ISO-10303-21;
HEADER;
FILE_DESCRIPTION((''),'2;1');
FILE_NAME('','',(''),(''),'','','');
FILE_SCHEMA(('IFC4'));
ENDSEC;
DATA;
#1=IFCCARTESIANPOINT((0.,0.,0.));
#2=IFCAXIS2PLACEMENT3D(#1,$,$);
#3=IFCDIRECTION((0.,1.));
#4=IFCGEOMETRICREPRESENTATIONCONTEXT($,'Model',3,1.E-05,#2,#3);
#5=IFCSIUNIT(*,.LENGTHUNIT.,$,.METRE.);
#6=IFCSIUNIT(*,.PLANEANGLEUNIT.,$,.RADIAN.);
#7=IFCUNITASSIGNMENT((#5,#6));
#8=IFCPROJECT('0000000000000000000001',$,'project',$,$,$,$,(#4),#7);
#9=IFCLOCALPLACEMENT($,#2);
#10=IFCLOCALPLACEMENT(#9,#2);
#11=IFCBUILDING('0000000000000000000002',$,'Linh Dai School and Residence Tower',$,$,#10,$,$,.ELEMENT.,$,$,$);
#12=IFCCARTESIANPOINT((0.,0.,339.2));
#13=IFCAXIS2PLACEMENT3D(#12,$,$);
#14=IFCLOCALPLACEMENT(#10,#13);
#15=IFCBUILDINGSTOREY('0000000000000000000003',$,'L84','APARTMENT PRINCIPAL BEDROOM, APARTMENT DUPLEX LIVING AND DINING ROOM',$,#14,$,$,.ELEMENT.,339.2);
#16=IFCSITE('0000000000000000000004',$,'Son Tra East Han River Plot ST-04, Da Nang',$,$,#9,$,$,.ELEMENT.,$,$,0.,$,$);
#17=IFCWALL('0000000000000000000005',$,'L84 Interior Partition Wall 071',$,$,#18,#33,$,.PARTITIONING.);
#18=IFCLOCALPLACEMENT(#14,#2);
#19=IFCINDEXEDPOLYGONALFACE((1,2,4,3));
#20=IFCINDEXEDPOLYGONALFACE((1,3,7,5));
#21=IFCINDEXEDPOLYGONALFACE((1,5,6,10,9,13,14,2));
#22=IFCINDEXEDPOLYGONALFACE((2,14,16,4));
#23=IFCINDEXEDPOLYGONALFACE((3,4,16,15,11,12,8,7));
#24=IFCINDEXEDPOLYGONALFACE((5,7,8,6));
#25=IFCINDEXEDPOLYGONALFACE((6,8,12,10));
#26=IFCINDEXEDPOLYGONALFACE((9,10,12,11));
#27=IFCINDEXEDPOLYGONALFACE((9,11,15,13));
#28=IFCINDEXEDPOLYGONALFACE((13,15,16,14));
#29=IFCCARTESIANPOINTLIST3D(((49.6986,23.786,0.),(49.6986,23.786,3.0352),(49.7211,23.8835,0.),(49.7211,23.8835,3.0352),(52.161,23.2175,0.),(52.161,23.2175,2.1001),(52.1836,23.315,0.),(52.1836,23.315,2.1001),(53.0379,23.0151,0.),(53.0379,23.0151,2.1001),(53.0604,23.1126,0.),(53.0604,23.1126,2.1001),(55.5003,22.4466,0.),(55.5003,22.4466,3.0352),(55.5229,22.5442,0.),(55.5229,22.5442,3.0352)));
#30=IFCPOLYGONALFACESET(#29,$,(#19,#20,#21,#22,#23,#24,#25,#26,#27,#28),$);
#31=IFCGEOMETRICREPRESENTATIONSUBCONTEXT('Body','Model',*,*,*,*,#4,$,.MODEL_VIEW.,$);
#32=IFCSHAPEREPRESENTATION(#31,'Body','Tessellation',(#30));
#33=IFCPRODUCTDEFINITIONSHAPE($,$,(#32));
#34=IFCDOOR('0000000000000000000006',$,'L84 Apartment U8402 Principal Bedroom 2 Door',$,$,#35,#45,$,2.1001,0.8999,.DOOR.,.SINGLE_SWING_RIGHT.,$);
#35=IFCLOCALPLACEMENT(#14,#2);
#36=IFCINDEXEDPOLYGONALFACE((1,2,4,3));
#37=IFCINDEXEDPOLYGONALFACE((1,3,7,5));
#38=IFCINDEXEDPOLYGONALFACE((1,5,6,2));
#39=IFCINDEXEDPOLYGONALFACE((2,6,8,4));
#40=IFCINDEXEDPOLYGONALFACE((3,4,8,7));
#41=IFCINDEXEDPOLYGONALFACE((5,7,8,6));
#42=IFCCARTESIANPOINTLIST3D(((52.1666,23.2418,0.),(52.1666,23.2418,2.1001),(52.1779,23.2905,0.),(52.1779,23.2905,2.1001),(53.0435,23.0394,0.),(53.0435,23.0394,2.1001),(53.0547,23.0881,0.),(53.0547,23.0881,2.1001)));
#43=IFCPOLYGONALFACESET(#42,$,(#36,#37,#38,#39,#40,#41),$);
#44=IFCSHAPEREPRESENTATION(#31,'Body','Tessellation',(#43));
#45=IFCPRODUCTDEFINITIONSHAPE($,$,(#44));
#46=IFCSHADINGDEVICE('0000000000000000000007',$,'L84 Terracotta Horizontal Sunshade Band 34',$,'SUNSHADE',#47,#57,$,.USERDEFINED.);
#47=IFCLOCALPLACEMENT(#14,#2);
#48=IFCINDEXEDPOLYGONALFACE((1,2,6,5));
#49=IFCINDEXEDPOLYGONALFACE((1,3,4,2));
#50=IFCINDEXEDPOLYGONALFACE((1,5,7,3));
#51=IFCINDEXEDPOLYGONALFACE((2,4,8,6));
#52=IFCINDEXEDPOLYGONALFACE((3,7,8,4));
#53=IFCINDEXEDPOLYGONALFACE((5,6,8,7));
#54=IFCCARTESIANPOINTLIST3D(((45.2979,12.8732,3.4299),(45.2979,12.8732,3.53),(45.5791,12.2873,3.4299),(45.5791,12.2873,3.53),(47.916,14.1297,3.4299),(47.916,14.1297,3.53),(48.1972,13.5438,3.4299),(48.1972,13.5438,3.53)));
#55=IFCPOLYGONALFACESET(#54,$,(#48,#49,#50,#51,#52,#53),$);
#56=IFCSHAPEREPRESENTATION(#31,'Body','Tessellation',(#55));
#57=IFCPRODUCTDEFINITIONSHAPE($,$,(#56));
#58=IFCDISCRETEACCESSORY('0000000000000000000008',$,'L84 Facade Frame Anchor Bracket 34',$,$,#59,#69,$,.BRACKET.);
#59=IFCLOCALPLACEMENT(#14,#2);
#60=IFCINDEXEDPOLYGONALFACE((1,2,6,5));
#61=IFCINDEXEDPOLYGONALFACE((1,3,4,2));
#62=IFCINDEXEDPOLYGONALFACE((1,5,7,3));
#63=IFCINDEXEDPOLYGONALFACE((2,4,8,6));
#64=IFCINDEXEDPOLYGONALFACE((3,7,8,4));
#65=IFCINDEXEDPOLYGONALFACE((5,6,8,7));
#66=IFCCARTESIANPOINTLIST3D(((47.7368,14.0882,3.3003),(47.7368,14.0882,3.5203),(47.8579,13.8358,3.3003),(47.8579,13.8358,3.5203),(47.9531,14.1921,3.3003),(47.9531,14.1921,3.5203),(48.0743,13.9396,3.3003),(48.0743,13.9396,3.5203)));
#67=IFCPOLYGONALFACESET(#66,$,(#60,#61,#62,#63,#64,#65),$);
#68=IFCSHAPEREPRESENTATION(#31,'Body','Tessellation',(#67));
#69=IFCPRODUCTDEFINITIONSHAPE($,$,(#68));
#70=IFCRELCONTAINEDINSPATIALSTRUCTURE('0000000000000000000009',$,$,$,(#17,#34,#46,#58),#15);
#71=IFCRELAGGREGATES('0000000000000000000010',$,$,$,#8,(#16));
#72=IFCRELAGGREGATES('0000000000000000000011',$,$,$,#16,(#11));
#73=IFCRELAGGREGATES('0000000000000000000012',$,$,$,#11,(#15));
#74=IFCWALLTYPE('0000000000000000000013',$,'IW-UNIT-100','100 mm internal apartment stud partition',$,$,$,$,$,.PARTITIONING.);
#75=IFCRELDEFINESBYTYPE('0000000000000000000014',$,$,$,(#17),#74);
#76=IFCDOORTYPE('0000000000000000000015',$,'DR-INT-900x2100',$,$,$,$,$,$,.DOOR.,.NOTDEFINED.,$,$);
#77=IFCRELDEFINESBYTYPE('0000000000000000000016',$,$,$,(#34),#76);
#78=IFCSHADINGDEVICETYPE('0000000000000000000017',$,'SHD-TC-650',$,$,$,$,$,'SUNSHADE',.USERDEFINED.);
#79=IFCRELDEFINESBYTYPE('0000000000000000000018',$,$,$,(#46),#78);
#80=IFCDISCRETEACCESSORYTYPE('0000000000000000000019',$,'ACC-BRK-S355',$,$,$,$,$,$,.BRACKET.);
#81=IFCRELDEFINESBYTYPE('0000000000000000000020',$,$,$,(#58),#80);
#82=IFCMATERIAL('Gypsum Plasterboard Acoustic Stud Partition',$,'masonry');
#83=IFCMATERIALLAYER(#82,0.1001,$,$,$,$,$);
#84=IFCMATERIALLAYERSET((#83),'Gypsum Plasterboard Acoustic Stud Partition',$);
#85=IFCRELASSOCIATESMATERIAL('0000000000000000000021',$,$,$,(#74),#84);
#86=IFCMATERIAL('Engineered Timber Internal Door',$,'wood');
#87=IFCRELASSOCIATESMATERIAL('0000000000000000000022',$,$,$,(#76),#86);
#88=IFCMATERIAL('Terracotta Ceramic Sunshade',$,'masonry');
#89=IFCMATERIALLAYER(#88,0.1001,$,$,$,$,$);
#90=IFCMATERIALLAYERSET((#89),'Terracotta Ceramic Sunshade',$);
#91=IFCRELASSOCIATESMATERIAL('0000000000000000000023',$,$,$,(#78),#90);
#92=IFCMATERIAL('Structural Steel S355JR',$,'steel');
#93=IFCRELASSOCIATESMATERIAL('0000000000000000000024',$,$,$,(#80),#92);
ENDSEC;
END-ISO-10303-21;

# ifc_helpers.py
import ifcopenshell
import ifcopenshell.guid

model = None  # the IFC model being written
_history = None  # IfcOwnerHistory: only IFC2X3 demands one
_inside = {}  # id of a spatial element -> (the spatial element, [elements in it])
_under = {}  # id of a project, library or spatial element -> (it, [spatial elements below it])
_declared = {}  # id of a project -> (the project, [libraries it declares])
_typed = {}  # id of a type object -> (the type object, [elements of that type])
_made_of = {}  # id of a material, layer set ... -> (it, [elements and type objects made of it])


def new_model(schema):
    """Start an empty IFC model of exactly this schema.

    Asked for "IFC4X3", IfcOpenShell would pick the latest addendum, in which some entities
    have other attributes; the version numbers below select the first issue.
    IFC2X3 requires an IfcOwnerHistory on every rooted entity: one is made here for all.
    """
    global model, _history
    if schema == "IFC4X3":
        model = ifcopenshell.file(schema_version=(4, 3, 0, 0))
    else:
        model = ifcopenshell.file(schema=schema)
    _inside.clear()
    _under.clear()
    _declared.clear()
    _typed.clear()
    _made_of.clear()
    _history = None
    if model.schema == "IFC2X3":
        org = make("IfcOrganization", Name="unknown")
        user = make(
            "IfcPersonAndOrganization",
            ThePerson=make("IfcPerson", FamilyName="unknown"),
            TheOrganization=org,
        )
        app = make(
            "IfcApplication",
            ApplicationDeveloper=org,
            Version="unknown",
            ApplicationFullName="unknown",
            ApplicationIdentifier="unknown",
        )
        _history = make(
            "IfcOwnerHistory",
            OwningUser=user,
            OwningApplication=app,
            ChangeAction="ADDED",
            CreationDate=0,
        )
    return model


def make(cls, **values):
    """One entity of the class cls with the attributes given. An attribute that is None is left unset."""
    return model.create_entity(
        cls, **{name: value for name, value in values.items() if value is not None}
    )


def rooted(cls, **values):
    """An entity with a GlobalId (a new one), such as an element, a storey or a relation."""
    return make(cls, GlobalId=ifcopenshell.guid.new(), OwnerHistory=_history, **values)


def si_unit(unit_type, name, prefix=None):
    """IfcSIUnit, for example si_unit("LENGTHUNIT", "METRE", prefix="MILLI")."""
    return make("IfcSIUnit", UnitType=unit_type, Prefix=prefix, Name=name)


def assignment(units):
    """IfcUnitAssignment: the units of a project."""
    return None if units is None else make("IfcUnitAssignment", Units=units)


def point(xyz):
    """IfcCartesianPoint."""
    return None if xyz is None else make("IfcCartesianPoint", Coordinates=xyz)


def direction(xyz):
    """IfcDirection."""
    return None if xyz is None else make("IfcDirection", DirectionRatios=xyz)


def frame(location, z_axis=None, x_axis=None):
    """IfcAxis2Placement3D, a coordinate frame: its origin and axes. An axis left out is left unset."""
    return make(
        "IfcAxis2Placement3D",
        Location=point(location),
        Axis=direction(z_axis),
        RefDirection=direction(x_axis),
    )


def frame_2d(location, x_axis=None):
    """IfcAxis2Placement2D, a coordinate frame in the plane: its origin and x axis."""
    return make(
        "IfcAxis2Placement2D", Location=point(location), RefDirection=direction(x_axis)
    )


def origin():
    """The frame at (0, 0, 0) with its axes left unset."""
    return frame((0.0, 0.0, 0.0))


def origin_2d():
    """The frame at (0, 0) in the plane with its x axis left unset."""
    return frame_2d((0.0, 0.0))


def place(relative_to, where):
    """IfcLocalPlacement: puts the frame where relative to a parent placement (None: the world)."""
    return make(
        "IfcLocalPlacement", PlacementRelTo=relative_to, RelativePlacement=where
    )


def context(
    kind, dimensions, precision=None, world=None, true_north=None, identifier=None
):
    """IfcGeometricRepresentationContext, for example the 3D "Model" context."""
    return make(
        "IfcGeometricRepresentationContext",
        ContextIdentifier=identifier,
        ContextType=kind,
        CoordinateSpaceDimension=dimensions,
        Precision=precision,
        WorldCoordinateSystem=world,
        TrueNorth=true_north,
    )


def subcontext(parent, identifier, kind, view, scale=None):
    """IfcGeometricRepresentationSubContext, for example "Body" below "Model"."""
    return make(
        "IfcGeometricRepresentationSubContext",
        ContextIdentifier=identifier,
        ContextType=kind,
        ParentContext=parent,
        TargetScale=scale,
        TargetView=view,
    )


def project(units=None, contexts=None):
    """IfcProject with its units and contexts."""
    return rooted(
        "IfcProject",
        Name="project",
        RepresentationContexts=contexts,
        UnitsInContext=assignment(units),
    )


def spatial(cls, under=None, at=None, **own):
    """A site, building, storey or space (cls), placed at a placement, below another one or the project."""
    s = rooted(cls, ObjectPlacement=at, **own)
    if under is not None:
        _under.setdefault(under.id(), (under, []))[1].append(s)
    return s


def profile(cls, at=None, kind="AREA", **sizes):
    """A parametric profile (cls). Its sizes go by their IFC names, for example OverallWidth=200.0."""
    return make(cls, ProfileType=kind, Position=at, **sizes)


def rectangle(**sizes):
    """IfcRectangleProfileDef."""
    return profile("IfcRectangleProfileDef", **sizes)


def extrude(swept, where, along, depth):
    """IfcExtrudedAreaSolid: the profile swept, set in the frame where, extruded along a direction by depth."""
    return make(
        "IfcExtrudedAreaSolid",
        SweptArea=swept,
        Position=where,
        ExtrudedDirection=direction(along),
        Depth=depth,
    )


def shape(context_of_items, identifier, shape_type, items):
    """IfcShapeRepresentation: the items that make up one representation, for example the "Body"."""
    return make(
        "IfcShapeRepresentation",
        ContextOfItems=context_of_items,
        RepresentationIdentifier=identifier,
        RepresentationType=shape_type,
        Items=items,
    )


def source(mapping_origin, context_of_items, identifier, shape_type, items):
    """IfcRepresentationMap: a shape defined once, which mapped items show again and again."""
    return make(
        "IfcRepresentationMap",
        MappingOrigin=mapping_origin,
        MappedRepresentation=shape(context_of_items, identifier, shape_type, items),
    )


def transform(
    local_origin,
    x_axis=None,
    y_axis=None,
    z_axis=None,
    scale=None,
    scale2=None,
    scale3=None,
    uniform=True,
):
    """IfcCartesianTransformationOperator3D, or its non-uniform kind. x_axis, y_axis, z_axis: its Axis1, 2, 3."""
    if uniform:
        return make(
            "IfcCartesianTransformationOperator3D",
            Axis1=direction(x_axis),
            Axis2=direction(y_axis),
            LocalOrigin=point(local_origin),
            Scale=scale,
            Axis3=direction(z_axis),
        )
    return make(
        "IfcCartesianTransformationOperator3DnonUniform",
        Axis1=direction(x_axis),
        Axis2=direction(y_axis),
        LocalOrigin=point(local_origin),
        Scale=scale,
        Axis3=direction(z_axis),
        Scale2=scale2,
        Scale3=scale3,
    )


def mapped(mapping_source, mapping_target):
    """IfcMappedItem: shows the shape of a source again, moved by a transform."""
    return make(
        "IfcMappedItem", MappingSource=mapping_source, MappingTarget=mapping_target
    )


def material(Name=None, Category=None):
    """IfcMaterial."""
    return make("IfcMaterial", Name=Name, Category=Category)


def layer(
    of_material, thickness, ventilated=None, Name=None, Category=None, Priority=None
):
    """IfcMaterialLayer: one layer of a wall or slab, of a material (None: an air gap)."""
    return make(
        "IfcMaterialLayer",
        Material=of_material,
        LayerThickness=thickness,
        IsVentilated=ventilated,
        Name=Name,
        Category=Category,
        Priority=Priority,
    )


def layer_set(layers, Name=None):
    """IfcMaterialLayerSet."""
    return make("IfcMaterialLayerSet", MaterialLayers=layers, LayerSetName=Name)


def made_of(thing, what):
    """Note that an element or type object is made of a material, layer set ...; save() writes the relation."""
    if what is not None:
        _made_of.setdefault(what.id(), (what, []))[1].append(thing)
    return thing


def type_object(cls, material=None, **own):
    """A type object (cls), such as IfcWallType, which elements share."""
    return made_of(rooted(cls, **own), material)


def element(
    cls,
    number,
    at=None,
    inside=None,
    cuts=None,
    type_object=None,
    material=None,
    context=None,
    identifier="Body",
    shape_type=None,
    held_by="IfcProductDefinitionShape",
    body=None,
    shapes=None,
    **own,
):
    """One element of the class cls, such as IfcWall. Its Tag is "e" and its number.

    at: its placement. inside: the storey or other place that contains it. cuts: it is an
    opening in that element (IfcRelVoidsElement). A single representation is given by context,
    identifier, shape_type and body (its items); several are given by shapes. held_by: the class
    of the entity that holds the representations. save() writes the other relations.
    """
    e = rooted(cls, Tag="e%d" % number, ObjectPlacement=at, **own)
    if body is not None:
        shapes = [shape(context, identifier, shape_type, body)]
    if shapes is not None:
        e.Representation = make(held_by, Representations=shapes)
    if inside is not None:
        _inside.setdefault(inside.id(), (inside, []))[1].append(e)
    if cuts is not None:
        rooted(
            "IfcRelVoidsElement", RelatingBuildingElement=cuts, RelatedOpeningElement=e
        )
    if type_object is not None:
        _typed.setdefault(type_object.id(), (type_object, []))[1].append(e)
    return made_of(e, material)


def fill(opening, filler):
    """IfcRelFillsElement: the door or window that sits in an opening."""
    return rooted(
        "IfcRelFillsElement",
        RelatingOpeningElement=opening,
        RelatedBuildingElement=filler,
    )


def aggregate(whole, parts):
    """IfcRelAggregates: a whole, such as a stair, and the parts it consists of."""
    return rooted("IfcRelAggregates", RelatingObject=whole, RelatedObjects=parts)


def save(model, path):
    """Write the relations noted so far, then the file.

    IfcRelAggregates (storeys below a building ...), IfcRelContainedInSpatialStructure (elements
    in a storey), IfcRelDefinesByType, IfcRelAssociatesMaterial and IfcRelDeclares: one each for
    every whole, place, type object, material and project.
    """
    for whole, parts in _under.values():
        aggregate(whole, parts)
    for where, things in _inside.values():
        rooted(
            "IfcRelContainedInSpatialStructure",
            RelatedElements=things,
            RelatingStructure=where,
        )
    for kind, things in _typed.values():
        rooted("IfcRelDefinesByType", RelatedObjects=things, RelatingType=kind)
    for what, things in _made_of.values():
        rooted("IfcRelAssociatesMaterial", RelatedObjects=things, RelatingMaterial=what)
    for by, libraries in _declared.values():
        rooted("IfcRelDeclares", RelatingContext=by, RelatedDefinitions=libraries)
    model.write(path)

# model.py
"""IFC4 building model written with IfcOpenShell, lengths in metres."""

from ifc_helpers import new_model, si_unit, direction, frame, frame_2d, origin, origin_2d, place, context, subcontext, project, spatial, rectangle, extrude, source, transform, mapped, material, layer, layer_set, type_object, element, fill, save


model = new_model("IFC4")

# Units and contexts
model_context = context("Model", 3, precision=1e-05, world=origin(), true_north=direction((0.0, 1.0)))
body_context = subcontext(model_context, "Body", "Model", "MODEL_VIEW")
ifc_project = project(units=[si_unit("LENGTHUNIT", "METRE"), si_unit("PLANEANGLEUNIT", "RADIAN")], contexts=[model_context])

# Site, building, storey
site_placement = place(None, origin())
site = spatial("IfcSite", under=ifc_project, at=site_placement, Name="Son Tra East Han River Plot ST-04, Da Nang", CompositionType="ELEMENT", RefElevation=0.0)
building_placement = place(site_placement, origin())
building = spatial("IfcBuilding", under=site, at=building_placement, Name="Linh Dai School and Residence Tower", CompositionType="ELEMENT")
storey_placement = place(building_placement, frame((0.0, 0.0, 339.2)))
storey = spatial("IfcBuildingStorey", under=building, at=storey_placement, Name="L84", Description="APARTMENT PRINCIPAL BEDROOM, APARTMENT DUPLEX LIVING AND DINING ROOM", CompositionType="ELEMENT", Elevation=339.2)

# Shared definitions
ifc_material_1 = material(Name="Structural Steel S355JR", Category="steel")

# Shared definitions
ifc_material_2 = material(Name="Gypsum Plasterboard Acoustic Stud Partition", Category="masonry")
ifc_layer_1 = layer(ifc_material_2, 0.1001)
ifc_layer_set_1 = layer_set([ifc_layer_1], Name="Gypsum Plasterboard Acoustic Stud Partition")
wall_type_1 = type_object("IfcWallType", Name="IW-UNIT-100", Description="100 mm internal apartment stud partition", PredefinedType="PARTITIONING", material=ifc_layer_set_1)

# Wall, opening, door
wall_1_placement = place(storey_placement, frame((49.71, 23.8347, 0.0), z_axis=(0.0, 0.0, 1.0), x_axis=(0.974373, -0.224937, 0.0)))
wall_1 = element("IfcWall", 1, at=wall_1_placement, inside=storey, type_object=wall_type_1, Name="L84 Interior Partition Wall 071", PredefinedType="PARTITIONING", context=body_context, shape_type="SweptSolid", body=[
    extrude(rectangle(XDim=5.9543, YDim=0.1001, at=frame_2d((2.9771, 0.0))), origin(), (0.0, 0.0, 1.0), 3.0352),
])
opening_1_placement = place(wall_1_placement, frame((2.5271, 0.0, 0.0)))
opening_1 = element("IfcOpeningElement", 2, at=opening_1_placement, cuts=wall_1, PredefinedType="OPENING", context=body_context, shape_type="SweptSolid", body=[
    extrude(rectangle(XDim=0.8999, YDim=2.1001, at=origin_2d()), frame((0.45, 0.0601, 1.05), z_axis=(0.0, -1.0, 0.0), x_axis=(1.0, 0.0, 0.0)), (0.0, 0.0, 1.0), 0.1201),
])
ifc_material_3 = material(Name="Engineered Timber Internal Door", Category="wood")
door_type_1 = type_object("IfcDoorType", Name="DR-INT-900x2100", OperationType="NOTDEFINED", PredefinedType="DOOR", material=ifc_material_3)
shared_shape_1 = source(origin(), body_context, "Body", "SweptSolid", [
    extrude(rectangle(XDim=0.8999, YDim=2.1001, at=origin_2d()), frame((0.45, 0.0249, 1.05), z_axis=(0.0, -1.0, 0.0), x_axis=(1.0, 0.0, 0.0)), (0.0, 0.0, 1.0), 0.05),
])
door_1_placement = place(opening_1_placement, origin())
door_1 = element("IfcDoor", 3, at=door_1_placement, inside=storey, type_object=door_type_1, Name="L84 Apartment U8402 Principal Bedroom 2 Door", OperationType="SINGLE_SWING_RIGHT", OverallHeight=2.1001, OverallWidth=0.8999, PredefinedType="DOOR", context=body_context, shape_type="MappedRepresentation", body=[
    mapped(shared_shape_1, transform((0.0, 0.0, 0.0), x_axis=(1.0, 0.0, 0.0), y_axis=(0.0, 1.0, 0.0), z_axis=(0.0, 0.0, 1.0), scale=1.0)),
])
fill(opening_1, door_1)

# Shading device
ifc_material_4 = material(Name="Terracotta Ceramic Sunshade", Category="masonry")
ifc_layer_2 = layer(ifc_material_4, 0.1001)
ifc_layer_set_2 = layer_set([ifc_layer_2], Name="Terracotta Ceramic Sunshade")
shading_device_type = type_object("IfcShadingDeviceType", Name="SHD-TC-650", ElementType="SUNSHADE", PredefinedType="USERDEFINED", material=ifc_layer_set_2)
shared_shape_2 = source(origin(), body_context, "Body", "SweptSolid", [
    extrude(rectangle(XDim=2.9041, YDim=0.6499, at=origin_2d()), origin(), (0.0, 0.0, 1.0), 0.1001),
])
shading_device_placement = place(storey_placement, frame((46.7476, 13.2085, 3.4299), z_axis=(0.0, 0.0, 1.0), x_axis=(-0.901551, -0.432674, 0.0)))
element("IfcShadingDevice", 4, at=shading_device_placement, inside=storey, type_object=shading_device_type, Name="L84 Terracotta Horizontal Sunshade Band 34", ObjectType="SUNSHADE", PredefinedType="USERDEFINED", context=body_context, shape_type="MappedRepresentation", body=[
    mapped(shared_shape_2, transform((0.0, 0.0, 0.0), x_axis=(1.0, 0.0, 0.0), y_axis=(0.0, 1.0, 0.0), z_axis=(0.0, 0.0, 1.0), scale=1.0)),
])

# Discrete accessory
discrete_accessory_type = type_object("IfcDiscreteAccessoryType", Name="ACC-BRK-S355", PredefinedType="BRACKET", material=ifc_material_1)
shared_shape_3 = source(origin(), body_context, "Body", "SweptSolid", [
    extrude(rectangle(XDim=0.28, YDim=0.24, at=origin_2d()), origin(), (0.0, 0.0, 1.0), 0.22),
])
discrete_accessory_placement = place(storey_placement, frame((47.9055, 14.0139, 3.3003), z_axis=(0.0, 0.0, 1.0), x_axis=(0.432674, -0.901551, 0.0)))
element("IfcDiscreteAccessory", 5, at=discrete_accessory_placement, inside=storey, type_object=discrete_accessory_type, Name="L84 Facade Frame Anchor Bracket 34", PredefinedType="BRACKET", context=body_context, shape_type="MappedRepresentation", body=[
    mapped(shared_shape_3, transform((0.0, 0.0, 0.0), x_axis=(1.0, 0.0, 0.0), y_axis=(0.0, 1.0, 0.0), z_axis=(0.0, 0.0, 1.0), scale=1.0)),
])

save(model, "model.ifc")
